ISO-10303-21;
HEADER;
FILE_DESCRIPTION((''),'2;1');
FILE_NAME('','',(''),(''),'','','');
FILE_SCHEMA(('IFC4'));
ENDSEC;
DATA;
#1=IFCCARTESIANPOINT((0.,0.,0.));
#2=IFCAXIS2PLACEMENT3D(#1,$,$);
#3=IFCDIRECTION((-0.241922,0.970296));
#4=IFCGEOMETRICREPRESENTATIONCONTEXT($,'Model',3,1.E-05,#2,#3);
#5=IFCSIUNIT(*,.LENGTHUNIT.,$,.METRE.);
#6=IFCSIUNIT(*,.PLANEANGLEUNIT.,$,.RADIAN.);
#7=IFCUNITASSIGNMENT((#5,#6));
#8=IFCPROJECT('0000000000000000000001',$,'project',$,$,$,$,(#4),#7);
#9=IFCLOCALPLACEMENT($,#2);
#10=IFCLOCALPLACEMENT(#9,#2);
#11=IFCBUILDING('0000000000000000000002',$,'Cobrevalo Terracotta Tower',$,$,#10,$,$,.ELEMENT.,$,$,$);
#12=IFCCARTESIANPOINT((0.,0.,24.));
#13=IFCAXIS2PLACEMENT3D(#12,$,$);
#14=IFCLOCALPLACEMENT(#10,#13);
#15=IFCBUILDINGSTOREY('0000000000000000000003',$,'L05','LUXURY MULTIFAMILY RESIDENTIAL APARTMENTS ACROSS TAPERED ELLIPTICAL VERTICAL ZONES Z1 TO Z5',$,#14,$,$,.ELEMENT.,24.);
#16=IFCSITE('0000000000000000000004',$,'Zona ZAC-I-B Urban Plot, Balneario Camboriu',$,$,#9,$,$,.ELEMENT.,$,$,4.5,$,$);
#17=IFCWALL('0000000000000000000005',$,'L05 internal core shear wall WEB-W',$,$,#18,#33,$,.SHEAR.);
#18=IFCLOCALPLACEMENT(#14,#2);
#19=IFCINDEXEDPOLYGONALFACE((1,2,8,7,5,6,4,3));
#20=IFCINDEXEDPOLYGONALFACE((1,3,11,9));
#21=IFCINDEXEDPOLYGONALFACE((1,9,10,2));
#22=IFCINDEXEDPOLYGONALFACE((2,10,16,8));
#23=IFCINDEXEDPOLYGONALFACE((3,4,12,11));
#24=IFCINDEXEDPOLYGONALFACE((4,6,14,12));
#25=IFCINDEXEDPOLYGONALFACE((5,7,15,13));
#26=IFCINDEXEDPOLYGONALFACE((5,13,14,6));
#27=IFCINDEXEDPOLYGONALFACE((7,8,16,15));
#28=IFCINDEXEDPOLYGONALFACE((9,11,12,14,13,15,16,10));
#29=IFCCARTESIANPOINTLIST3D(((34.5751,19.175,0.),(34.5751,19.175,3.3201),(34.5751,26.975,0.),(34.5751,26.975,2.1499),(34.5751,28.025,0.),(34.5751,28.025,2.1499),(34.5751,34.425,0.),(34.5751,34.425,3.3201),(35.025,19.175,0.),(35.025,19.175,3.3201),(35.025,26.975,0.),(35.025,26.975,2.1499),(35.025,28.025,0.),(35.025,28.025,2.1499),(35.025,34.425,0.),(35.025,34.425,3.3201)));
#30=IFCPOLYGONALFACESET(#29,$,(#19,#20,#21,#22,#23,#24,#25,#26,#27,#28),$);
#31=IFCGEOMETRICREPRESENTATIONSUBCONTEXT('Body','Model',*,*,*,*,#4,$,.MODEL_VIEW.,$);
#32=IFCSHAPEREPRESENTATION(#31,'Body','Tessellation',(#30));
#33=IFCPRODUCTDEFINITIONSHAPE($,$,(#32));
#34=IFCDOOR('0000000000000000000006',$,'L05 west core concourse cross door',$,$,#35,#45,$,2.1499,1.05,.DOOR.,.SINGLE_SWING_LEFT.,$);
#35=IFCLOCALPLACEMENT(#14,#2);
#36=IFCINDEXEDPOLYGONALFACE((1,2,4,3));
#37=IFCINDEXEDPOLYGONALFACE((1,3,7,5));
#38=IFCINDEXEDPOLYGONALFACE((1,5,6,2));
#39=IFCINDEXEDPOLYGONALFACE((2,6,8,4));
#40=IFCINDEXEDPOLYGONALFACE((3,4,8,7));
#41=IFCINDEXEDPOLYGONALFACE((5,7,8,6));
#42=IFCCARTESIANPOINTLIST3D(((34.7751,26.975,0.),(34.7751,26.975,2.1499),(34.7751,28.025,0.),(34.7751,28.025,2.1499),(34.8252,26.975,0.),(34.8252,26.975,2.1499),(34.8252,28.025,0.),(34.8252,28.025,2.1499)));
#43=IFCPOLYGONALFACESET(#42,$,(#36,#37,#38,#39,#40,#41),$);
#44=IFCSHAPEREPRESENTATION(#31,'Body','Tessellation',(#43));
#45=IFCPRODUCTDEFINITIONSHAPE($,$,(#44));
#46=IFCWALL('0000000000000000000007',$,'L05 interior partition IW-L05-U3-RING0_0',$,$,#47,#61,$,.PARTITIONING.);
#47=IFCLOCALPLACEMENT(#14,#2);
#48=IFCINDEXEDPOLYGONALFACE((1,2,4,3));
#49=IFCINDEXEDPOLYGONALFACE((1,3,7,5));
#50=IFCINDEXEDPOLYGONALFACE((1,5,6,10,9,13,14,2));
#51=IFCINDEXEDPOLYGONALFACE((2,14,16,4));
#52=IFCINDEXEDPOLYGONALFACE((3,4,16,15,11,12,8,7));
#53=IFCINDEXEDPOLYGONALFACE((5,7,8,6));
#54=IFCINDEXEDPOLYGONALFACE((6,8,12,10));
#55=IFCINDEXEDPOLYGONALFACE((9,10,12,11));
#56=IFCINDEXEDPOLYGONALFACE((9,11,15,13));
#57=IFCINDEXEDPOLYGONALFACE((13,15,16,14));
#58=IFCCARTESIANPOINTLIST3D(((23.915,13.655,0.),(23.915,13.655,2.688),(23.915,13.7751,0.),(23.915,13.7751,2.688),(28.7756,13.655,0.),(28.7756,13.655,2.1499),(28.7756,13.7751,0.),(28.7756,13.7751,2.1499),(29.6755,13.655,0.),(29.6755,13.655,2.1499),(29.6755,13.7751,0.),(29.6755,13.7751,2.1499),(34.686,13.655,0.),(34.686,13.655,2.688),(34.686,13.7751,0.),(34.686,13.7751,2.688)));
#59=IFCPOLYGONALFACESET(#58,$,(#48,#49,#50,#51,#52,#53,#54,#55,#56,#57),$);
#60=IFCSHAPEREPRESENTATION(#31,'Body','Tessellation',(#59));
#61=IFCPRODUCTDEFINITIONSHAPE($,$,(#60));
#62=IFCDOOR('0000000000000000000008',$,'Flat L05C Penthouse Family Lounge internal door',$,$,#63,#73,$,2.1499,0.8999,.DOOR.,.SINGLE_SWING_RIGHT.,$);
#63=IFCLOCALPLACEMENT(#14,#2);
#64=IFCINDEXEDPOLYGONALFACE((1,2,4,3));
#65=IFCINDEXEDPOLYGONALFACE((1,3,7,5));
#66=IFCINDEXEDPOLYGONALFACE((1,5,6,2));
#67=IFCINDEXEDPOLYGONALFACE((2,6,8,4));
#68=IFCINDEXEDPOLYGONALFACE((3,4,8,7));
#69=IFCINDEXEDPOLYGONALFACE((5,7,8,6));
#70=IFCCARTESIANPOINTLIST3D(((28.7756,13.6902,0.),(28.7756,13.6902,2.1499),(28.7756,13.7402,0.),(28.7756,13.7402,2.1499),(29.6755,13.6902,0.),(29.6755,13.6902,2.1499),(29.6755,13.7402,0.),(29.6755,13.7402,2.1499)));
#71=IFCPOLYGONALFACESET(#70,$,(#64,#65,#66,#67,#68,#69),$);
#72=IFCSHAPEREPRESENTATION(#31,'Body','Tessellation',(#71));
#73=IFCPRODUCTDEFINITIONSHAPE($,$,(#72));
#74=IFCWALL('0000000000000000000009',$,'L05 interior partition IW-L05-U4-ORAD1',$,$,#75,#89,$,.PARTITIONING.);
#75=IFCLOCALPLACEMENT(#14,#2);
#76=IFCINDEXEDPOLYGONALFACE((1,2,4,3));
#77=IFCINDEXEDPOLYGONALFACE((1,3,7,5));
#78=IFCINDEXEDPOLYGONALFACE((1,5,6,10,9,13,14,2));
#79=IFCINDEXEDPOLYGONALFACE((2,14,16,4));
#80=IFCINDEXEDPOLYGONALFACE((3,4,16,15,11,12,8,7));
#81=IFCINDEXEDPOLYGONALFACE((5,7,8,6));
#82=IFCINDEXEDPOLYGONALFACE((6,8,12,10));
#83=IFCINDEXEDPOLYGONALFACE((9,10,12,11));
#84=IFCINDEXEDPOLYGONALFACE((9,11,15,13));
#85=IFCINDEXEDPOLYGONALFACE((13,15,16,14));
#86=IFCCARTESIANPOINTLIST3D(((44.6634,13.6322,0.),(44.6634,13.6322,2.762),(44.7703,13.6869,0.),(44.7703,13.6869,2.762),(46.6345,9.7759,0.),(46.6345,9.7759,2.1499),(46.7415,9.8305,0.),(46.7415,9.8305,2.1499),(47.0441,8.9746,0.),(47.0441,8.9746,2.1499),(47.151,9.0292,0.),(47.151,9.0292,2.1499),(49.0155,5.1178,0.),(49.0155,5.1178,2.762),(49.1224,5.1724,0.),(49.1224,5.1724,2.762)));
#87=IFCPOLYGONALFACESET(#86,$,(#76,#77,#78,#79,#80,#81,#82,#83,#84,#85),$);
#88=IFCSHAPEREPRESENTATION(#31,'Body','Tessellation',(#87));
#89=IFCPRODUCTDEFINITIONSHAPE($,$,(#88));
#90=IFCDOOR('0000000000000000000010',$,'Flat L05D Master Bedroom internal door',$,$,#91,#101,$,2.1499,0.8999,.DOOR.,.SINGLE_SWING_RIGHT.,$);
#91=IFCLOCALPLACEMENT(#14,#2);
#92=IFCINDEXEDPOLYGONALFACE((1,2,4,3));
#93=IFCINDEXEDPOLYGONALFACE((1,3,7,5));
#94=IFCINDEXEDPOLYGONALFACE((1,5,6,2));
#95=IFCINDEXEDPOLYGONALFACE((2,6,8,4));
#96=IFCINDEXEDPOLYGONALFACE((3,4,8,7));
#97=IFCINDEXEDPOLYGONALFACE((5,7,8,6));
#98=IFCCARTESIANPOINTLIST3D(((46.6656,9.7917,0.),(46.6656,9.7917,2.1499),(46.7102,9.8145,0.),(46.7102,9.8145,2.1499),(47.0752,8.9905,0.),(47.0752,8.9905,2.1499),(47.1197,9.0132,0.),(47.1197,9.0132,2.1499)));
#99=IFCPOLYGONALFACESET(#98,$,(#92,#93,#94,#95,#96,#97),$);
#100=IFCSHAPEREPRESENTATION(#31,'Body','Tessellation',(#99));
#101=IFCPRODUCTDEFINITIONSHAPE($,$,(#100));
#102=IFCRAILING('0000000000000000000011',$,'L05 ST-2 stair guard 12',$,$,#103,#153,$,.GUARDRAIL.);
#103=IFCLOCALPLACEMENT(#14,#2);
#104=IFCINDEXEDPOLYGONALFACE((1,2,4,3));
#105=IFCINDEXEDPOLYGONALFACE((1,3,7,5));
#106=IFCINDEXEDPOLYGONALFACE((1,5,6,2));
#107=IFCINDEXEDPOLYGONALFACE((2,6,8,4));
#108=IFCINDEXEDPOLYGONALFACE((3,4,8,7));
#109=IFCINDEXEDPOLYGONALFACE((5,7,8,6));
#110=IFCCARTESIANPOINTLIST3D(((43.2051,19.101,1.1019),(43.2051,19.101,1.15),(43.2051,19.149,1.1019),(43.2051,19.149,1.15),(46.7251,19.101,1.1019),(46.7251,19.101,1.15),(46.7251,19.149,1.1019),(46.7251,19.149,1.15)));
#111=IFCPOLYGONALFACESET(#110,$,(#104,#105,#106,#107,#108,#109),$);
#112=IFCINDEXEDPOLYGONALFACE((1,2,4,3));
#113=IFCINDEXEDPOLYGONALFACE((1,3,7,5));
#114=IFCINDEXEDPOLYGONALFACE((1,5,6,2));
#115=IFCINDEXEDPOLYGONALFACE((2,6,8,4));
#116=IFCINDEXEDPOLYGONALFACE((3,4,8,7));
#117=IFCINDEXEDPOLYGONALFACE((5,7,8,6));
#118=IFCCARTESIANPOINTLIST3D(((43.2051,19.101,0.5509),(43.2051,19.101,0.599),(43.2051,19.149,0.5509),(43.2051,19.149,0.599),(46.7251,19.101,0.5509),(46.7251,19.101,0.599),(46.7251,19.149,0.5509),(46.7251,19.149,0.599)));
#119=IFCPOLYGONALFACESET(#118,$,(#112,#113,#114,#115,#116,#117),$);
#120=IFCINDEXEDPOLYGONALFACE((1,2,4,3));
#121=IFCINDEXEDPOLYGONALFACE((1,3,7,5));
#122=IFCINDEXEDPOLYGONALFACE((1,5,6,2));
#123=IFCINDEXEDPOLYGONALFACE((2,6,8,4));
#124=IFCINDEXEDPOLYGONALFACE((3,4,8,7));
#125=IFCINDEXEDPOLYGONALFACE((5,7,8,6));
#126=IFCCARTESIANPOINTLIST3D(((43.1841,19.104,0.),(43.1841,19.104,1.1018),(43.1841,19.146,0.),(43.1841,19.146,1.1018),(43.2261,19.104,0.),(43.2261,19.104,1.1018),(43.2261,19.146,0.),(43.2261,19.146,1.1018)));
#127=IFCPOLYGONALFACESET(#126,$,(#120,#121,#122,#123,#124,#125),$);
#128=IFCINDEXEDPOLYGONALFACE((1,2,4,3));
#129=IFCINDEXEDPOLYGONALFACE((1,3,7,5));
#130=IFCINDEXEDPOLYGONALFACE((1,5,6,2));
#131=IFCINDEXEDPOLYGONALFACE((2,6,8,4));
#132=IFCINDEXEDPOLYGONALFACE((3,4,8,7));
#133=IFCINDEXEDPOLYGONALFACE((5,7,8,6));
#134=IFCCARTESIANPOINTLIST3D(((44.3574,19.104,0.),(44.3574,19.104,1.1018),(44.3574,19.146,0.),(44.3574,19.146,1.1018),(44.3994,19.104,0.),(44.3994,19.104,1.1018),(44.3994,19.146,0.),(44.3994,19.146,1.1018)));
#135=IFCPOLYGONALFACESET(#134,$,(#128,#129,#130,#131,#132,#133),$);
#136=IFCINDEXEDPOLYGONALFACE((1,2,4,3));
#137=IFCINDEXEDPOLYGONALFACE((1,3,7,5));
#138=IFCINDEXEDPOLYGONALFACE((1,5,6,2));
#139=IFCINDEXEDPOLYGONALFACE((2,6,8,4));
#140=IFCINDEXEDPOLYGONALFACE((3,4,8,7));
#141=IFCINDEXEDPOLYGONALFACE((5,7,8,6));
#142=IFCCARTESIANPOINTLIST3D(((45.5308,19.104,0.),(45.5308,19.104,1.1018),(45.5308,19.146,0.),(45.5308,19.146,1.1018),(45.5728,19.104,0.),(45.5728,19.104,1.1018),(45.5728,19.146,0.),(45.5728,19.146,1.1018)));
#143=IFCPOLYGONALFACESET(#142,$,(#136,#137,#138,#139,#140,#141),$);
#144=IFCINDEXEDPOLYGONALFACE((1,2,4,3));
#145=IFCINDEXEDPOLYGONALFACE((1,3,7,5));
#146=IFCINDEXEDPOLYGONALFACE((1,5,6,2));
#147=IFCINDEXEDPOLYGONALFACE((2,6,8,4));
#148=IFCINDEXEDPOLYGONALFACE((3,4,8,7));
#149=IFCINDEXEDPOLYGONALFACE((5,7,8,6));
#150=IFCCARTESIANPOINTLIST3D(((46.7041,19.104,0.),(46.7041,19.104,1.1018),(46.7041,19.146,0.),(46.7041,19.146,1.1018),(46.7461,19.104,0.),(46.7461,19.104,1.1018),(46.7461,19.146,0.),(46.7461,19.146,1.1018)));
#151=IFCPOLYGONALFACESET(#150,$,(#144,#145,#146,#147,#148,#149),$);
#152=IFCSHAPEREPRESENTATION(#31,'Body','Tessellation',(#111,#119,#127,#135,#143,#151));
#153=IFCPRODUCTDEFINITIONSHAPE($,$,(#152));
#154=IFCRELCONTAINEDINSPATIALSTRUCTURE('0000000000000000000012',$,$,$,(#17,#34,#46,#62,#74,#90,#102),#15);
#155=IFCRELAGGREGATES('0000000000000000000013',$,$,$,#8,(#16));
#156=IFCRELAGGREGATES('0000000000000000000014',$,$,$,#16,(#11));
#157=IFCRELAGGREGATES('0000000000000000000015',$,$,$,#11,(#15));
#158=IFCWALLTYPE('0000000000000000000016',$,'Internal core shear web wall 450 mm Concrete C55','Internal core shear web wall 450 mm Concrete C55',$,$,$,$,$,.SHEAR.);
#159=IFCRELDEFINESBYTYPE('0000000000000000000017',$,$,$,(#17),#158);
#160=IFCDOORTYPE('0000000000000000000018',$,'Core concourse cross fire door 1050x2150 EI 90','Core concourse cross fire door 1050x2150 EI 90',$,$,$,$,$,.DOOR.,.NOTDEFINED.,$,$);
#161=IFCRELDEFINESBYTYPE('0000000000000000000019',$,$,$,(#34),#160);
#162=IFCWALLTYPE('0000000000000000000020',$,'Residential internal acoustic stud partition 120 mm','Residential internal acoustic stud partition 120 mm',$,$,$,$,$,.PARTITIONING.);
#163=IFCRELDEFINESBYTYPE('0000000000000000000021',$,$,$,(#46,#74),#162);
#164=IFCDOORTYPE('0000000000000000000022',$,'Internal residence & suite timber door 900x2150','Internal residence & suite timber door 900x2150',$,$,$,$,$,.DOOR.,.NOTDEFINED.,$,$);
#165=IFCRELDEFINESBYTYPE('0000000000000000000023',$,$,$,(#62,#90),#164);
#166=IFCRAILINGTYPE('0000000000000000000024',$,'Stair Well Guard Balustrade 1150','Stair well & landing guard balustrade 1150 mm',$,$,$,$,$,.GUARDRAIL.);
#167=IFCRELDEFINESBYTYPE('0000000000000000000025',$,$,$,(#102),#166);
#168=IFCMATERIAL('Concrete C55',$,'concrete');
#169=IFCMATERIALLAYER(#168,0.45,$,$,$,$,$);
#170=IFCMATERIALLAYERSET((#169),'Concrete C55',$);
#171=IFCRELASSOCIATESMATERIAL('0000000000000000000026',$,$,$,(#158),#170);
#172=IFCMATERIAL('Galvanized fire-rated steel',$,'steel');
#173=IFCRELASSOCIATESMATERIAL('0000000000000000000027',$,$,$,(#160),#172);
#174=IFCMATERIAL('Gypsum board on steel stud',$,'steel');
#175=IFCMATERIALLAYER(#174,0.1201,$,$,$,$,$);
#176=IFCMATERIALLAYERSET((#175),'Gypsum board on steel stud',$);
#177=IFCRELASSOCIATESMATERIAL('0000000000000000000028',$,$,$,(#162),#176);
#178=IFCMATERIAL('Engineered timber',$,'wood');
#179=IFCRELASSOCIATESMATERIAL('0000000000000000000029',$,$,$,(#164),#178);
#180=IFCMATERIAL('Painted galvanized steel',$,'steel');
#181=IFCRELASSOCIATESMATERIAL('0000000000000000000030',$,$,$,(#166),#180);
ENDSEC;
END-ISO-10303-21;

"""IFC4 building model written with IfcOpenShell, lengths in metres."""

from ifc_helpers import new_model, si_unit, direction, frame, frame_2d, origin, origin_2d, place, context, subcontext, project, spatial, rectangle, extrude, source, transform, mapped, material, layer, layer_set, type_object, element, fill, save


model = new_model("IFC4")

# Units and contexts
model_context = context("Model", 3, precision=1e-05, world=origin(), true_north=direction((-0.241922, 0.970296)))
body_context = subcontext(model_context, "Body", "Model", "MODEL_VIEW")
ifc_project = project(units=[si_unit("LENGTHUNIT", "METRE"), si_unit("PLANEANGLEUNIT", "RADIAN")], contexts=[model_context])

# Site, building, storey
site_placement = place(None, origin())
site = spatial("IfcSite", under=ifc_project, at=site_placement, Name="Zona ZAC-I-B Urban Plot, Balneario Camboriu", CompositionType="ELEMENT", RefElevation=4.5)
building_placement = place(site_placement, origin())
building = spatial("IfcBuilding", under=site, at=building_placement, Name="Cobrevalo Terracotta Tower", CompositionType="ELEMENT")
storey_placement = place(building_placement, frame((0.0, 0.0, 24.0)))
storey = spatial("IfcBuildingStorey", under=building, at=storey_placement, Name="L05", Description="LUXURY MULTIFAMILY RESIDENTIAL APARTMENTS ACROSS TAPERED ELLIPTICAL VERTICAL ZONES Z1 TO Z5", CompositionType="ELEMENT", Elevation=24.0)

# Walls, openings, doors
ifc_material_1 = material(Name="Concrete C55", Category="concrete")
ifc_layer_1 = layer(ifc_material_1, 0.45)
ifc_layer_set_1 = layer_set([ifc_layer_1], Name="Concrete C55")
wall_type_1 = type_object("IfcWallType", Name="Internal core shear web wall 450 mm Concrete C55", Description="Internal core shear web wall 450 mm Concrete C55", PredefinedType="SHEAR", material=ifc_layer_set_1)
wall_1_placement = place(storey_placement, frame((34.8, 19.175, 0.0), z_axis=(0.0, 0.0, 1.0), x_axis=(0.0, 1.0, 0.0)))
wall_1 = element("IfcWall", 1, at=wall_1_placement, inside=storey, type_object=wall_type_1, Name="L05 internal core shear wall WEB-W", PredefinedType="SHEAR", context=body_context, shape_type="SweptSolid", body=[
    extrude(rectangle(XDim=15.25, YDim=0.45, at=frame_2d((7.625, 0.0))), origin(), (0.0, 0.0, 1.0), 3.3201),
])
opening_1_placement = place(wall_1_placement, frame((7.8, 0.0, 0.0)))
opening_1 = element("IfcOpeningElement", 2, at=opening_1_placement, cuts=wall_1, PredefinedType="OPENING", context=body_context, shape_type="SweptSolid", body=[
    extrude(rectangle(XDim=1.05, YDim=2.1499, at=frame_2d((0.5249, 1.075))), frame((0.0, 0.2349, 0.0), z_axis=(0.0, -1.0, 0.0), x_axis=(1.0, 0.0, 0.0)), (0.0, 0.0, 1.0), 0.47),
])
ifc_material_2 = material(Name="Galvanized fire-rated steel", Category="steel")
door_type_1 = type_object("IfcDoorType", Name="Core concourse cross fire door 1050x2150 EI 90", Description="Core concourse cross fire door 1050x2150 EI 90", OperationType="NOTDEFINED", PredefinedType="DOOR", material=ifc_material_2)
shared_shape_1 = source(origin(), body_context, "Body", "SweptSolid", [
    extrude(rectangle(XDim=1.05, YDim=2.1499, at=frame_2d((0.5249, 1.075))), frame((0.0, 0.0249, 0.0), z_axis=(0.0, -1.0, 0.0), x_axis=(1.0, 0.0, 0.0)), (0.0, 0.0, 1.0), 0.05),
])
door_1_placement = place(opening_1_placement, origin())
door_1 = element("IfcDoor", 3, at=door_1_placement, inside=storey, type_object=door_type_1, Name="L05 west core concourse cross door", OperationType="SINGLE_SWING_LEFT", OverallHeight=2.1499, OverallWidth=1.05, PredefinedType="DOOR", context=body_context, shape_type="MappedRepresentation", body=[
    mapped(shared_shape_1, transform((0.0, 0.0, 0.0), scale=1.0)),
])
fill(opening_1, door_1)
ifc_material_3 = material(Name="Gypsum board on steel stud", Category="steel")
ifc_layer_2 = layer(ifc_material_3, 0.1201)
ifc_layer_set_2 = layer_set([ifc_layer_2], Name="Gypsum board on steel stud")
wall_type_2 = type_object("IfcWallType", Name="Residential internal acoustic stud partition 120 mm", Description="Residential internal acoustic stud partition 120 mm", PredefinedType="PARTITIONING", material=ifc_layer_set_2)
wall_2_placement = place(storey_placement, frame((34.686, 13.7151, 0.0), z_axis=(0.0, 0.0, 1.0), x_axis=(-1.0, 0.0, 0.0)))
wall_2 = element("IfcWall", 4, at=wall_2_placement, inside=storey, type_object=wall_type_2, Name="L05 interior partition IW-L05-U3-RING0_0", PredefinedType="PARTITIONING", context=body_context, shape_type="SweptSolid", body=[
    extrude(rectangle(XDim=10.771, YDim=0.1201, at=frame_2d((5.3855, 0.0))), origin(), (0.0, 0.0, 1.0), 2.688),
])
opening_2_placement = place(wall_2_placement, frame((5.0105, 0.0, 0.0)))
opening_2 = element("IfcOpeningElement", 5, at=opening_2_placement, cuts=wall_2, PredefinedType="OPENING", context=body_context, shape_type="SweptSolid", body=[
    extrude(rectangle(XDim=0.8999, YDim=2.1499, at=frame_2d((0.45, 1.075))), frame((0.0, 0.0701, 0.0), z_axis=(0.0, -1.0, 0.0), x_axis=(1.0, 0.0, 0.0)), (0.0, 0.0, 1.0), 0.1401),
])
ifc_material_4 = material(Name="Engineered timber", Category="wood")
door_type_2 = type_object("IfcDoorType", Name="Internal residence & suite timber door 900x2150", Description="Internal residence & suite timber door 900x2150", OperationType="NOTDEFINED", PredefinedType="DOOR", material=ifc_material_4)
shared_shape_2 = source(origin(), body_context, "Body", "SweptSolid", [
    extrude(rectangle(XDim=0.8999, YDim=2.1499, at=frame_2d((0.45, 1.075))), frame((0.0, 0.0249, 0.0), z_axis=(0.0, -1.0, 0.0), x_axis=(1.0, 0.0, 0.0)), (0.0, 0.0, 1.0), 0.05),
])
door_2_placement = place(opening_2_placement, origin())
door_2 = element("IfcDoor", 6, at=door_2_placement, inside=storey, type_object=door_type_2, Name="Flat L05C Penthouse Family Lounge internal door", OperationType="SINGLE_SWING_RIGHT", OverallHeight=2.1499, OverallWidth=0.8999, PredefinedType="DOOR", context=body_context, shape_type="MappedRepresentation", body=[
    mapped(shared_shape_2, transform((0.0, 0.0, 0.0), scale=1.0)),
])
fill(opening_2, door_2)
wall_3_placement = place(storey_placement, frame((44.7168, 13.6597, 0.0), z_axis=(0.0, 0.0, 1.0), x_axis=(0.455131, -0.890424, 0.0)))
wall_3 = element("IfcWall", 7, at=wall_3_placement, inside=storey, type_object=wall_type_2, Name="L05 interior partition IW-L05-U4-ORAD1", PredefinedType="PARTITIONING", context=body_context, shape_type="SweptSolid", body=[
    extrude(rectangle(XDim=9.5623, YDim=0.1201, at=frame_2d((4.7812, 0.0))), origin(), (0.0, 0.0, 1.0), 2.762),
])
opening_3_placement = place(wall_3_placement, frame((4.3311, 0.0, 0.0)))
opening_3 = element("IfcOpeningElement", 8, at=opening_3_placement, cuts=wall_3, PredefinedType="OPENING", context=body_context, shape_type="SweptSolid", body=[
    extrude(rectangle(XDim=0.8999, YDim=2.1499, at=frame_2d((0.45, 1.075))), frame((0.0, 0.0701, 0.0), z_axis=(0.0, -1.0, 0.0), x_axis=(1.0, 0.0, 0.0)), (0.0, 0.0, 1.0), 0.1401),
])
door_3_placement = place(opening_3_placement, origin())
door_3 = element("IfcDoor", 9, at=door_3_placement, inside=storey, type_object=door_type_2, Name="Flat L05D Master Bedroom internal door", OperationType="SINGLE_SWING_RIGHT", OverallHeight=2.1499, OverallWidth=0.8999, PredefinedType="DOOR", context=body_context, shape_type="MappedRepresentation", body=[
    mapped(shared_shape_2, transform((0.0, 0.0, 0.0), scale=1.0)),
])
fill(opening_3, door_3)

# Railing
ifc_material_5 = material(Name="Painted galvanized steel", Category="steel")
railing_type = type_object("IfcRailingType", Name="Stair Well Guard Balustrade 1150", Description="Stair well & landing guard balustrade 1150 mm", PredefinedType="GUARDRAIL", material=ifc_material_5)
railing_placement = place(storey_placement, frame((43.2051, 19.125, 0.0)))
element("IfcRailing", 10, at=railing_placement, inside=storey, type_object=railing_type, Name="L05 ST-2 stair guard 12", PredefinedType="GUARDRAIL", context=body_context, shape_type="SweptSolid", body=[
    extrude(rectangle(XDim=0.0481, YDim=0.0481, at=origin_2d()), frame((0.0, 0.0, 1.126), z_axis=(1.0, 0.0, 0.0), x_axis=(0.0, 1.0, 0.0)), (0.0, 0.0, 1.0), 3.52),
    extrude(rectangle(XDim=0.0481, YDim=0.0481, at=origin_2d()), frame((0.0, 0.0, 0.575), z_axis=(1.0, 0.0, 0.0), x_axis=(0.0, 1.0, 0.0)), (0.0, 0.0, 1.0), 3.52),
    extrude(rectangle(XDim=0.042, YDim=0.042, at=origin_2d()), origin(), (0.0, 0.0, 1.0), 1.1018),
    extrude(rectangle(XDim=0.042, YDim=0.042, at=origin_2d()), frame((1.1733, 0.0, 0.0)), (0.0, 0.0, 1.0), 1.1018),
    extrude(rectangle(XDim=0.042, YDim=0.042, at=origin_2d()), frame((2.3467, 0.0, 0.0)), (0.0, 0.0, 1.0), 1.1018),
    extrude(rectangle(XDim=0.042, YDim=0.042, at=origin_2d()), frame((3.52, 0.0, 0.0)), (0.0, 0.0, 1.0), 1.1018),
])

save(model, "model.ifc")
